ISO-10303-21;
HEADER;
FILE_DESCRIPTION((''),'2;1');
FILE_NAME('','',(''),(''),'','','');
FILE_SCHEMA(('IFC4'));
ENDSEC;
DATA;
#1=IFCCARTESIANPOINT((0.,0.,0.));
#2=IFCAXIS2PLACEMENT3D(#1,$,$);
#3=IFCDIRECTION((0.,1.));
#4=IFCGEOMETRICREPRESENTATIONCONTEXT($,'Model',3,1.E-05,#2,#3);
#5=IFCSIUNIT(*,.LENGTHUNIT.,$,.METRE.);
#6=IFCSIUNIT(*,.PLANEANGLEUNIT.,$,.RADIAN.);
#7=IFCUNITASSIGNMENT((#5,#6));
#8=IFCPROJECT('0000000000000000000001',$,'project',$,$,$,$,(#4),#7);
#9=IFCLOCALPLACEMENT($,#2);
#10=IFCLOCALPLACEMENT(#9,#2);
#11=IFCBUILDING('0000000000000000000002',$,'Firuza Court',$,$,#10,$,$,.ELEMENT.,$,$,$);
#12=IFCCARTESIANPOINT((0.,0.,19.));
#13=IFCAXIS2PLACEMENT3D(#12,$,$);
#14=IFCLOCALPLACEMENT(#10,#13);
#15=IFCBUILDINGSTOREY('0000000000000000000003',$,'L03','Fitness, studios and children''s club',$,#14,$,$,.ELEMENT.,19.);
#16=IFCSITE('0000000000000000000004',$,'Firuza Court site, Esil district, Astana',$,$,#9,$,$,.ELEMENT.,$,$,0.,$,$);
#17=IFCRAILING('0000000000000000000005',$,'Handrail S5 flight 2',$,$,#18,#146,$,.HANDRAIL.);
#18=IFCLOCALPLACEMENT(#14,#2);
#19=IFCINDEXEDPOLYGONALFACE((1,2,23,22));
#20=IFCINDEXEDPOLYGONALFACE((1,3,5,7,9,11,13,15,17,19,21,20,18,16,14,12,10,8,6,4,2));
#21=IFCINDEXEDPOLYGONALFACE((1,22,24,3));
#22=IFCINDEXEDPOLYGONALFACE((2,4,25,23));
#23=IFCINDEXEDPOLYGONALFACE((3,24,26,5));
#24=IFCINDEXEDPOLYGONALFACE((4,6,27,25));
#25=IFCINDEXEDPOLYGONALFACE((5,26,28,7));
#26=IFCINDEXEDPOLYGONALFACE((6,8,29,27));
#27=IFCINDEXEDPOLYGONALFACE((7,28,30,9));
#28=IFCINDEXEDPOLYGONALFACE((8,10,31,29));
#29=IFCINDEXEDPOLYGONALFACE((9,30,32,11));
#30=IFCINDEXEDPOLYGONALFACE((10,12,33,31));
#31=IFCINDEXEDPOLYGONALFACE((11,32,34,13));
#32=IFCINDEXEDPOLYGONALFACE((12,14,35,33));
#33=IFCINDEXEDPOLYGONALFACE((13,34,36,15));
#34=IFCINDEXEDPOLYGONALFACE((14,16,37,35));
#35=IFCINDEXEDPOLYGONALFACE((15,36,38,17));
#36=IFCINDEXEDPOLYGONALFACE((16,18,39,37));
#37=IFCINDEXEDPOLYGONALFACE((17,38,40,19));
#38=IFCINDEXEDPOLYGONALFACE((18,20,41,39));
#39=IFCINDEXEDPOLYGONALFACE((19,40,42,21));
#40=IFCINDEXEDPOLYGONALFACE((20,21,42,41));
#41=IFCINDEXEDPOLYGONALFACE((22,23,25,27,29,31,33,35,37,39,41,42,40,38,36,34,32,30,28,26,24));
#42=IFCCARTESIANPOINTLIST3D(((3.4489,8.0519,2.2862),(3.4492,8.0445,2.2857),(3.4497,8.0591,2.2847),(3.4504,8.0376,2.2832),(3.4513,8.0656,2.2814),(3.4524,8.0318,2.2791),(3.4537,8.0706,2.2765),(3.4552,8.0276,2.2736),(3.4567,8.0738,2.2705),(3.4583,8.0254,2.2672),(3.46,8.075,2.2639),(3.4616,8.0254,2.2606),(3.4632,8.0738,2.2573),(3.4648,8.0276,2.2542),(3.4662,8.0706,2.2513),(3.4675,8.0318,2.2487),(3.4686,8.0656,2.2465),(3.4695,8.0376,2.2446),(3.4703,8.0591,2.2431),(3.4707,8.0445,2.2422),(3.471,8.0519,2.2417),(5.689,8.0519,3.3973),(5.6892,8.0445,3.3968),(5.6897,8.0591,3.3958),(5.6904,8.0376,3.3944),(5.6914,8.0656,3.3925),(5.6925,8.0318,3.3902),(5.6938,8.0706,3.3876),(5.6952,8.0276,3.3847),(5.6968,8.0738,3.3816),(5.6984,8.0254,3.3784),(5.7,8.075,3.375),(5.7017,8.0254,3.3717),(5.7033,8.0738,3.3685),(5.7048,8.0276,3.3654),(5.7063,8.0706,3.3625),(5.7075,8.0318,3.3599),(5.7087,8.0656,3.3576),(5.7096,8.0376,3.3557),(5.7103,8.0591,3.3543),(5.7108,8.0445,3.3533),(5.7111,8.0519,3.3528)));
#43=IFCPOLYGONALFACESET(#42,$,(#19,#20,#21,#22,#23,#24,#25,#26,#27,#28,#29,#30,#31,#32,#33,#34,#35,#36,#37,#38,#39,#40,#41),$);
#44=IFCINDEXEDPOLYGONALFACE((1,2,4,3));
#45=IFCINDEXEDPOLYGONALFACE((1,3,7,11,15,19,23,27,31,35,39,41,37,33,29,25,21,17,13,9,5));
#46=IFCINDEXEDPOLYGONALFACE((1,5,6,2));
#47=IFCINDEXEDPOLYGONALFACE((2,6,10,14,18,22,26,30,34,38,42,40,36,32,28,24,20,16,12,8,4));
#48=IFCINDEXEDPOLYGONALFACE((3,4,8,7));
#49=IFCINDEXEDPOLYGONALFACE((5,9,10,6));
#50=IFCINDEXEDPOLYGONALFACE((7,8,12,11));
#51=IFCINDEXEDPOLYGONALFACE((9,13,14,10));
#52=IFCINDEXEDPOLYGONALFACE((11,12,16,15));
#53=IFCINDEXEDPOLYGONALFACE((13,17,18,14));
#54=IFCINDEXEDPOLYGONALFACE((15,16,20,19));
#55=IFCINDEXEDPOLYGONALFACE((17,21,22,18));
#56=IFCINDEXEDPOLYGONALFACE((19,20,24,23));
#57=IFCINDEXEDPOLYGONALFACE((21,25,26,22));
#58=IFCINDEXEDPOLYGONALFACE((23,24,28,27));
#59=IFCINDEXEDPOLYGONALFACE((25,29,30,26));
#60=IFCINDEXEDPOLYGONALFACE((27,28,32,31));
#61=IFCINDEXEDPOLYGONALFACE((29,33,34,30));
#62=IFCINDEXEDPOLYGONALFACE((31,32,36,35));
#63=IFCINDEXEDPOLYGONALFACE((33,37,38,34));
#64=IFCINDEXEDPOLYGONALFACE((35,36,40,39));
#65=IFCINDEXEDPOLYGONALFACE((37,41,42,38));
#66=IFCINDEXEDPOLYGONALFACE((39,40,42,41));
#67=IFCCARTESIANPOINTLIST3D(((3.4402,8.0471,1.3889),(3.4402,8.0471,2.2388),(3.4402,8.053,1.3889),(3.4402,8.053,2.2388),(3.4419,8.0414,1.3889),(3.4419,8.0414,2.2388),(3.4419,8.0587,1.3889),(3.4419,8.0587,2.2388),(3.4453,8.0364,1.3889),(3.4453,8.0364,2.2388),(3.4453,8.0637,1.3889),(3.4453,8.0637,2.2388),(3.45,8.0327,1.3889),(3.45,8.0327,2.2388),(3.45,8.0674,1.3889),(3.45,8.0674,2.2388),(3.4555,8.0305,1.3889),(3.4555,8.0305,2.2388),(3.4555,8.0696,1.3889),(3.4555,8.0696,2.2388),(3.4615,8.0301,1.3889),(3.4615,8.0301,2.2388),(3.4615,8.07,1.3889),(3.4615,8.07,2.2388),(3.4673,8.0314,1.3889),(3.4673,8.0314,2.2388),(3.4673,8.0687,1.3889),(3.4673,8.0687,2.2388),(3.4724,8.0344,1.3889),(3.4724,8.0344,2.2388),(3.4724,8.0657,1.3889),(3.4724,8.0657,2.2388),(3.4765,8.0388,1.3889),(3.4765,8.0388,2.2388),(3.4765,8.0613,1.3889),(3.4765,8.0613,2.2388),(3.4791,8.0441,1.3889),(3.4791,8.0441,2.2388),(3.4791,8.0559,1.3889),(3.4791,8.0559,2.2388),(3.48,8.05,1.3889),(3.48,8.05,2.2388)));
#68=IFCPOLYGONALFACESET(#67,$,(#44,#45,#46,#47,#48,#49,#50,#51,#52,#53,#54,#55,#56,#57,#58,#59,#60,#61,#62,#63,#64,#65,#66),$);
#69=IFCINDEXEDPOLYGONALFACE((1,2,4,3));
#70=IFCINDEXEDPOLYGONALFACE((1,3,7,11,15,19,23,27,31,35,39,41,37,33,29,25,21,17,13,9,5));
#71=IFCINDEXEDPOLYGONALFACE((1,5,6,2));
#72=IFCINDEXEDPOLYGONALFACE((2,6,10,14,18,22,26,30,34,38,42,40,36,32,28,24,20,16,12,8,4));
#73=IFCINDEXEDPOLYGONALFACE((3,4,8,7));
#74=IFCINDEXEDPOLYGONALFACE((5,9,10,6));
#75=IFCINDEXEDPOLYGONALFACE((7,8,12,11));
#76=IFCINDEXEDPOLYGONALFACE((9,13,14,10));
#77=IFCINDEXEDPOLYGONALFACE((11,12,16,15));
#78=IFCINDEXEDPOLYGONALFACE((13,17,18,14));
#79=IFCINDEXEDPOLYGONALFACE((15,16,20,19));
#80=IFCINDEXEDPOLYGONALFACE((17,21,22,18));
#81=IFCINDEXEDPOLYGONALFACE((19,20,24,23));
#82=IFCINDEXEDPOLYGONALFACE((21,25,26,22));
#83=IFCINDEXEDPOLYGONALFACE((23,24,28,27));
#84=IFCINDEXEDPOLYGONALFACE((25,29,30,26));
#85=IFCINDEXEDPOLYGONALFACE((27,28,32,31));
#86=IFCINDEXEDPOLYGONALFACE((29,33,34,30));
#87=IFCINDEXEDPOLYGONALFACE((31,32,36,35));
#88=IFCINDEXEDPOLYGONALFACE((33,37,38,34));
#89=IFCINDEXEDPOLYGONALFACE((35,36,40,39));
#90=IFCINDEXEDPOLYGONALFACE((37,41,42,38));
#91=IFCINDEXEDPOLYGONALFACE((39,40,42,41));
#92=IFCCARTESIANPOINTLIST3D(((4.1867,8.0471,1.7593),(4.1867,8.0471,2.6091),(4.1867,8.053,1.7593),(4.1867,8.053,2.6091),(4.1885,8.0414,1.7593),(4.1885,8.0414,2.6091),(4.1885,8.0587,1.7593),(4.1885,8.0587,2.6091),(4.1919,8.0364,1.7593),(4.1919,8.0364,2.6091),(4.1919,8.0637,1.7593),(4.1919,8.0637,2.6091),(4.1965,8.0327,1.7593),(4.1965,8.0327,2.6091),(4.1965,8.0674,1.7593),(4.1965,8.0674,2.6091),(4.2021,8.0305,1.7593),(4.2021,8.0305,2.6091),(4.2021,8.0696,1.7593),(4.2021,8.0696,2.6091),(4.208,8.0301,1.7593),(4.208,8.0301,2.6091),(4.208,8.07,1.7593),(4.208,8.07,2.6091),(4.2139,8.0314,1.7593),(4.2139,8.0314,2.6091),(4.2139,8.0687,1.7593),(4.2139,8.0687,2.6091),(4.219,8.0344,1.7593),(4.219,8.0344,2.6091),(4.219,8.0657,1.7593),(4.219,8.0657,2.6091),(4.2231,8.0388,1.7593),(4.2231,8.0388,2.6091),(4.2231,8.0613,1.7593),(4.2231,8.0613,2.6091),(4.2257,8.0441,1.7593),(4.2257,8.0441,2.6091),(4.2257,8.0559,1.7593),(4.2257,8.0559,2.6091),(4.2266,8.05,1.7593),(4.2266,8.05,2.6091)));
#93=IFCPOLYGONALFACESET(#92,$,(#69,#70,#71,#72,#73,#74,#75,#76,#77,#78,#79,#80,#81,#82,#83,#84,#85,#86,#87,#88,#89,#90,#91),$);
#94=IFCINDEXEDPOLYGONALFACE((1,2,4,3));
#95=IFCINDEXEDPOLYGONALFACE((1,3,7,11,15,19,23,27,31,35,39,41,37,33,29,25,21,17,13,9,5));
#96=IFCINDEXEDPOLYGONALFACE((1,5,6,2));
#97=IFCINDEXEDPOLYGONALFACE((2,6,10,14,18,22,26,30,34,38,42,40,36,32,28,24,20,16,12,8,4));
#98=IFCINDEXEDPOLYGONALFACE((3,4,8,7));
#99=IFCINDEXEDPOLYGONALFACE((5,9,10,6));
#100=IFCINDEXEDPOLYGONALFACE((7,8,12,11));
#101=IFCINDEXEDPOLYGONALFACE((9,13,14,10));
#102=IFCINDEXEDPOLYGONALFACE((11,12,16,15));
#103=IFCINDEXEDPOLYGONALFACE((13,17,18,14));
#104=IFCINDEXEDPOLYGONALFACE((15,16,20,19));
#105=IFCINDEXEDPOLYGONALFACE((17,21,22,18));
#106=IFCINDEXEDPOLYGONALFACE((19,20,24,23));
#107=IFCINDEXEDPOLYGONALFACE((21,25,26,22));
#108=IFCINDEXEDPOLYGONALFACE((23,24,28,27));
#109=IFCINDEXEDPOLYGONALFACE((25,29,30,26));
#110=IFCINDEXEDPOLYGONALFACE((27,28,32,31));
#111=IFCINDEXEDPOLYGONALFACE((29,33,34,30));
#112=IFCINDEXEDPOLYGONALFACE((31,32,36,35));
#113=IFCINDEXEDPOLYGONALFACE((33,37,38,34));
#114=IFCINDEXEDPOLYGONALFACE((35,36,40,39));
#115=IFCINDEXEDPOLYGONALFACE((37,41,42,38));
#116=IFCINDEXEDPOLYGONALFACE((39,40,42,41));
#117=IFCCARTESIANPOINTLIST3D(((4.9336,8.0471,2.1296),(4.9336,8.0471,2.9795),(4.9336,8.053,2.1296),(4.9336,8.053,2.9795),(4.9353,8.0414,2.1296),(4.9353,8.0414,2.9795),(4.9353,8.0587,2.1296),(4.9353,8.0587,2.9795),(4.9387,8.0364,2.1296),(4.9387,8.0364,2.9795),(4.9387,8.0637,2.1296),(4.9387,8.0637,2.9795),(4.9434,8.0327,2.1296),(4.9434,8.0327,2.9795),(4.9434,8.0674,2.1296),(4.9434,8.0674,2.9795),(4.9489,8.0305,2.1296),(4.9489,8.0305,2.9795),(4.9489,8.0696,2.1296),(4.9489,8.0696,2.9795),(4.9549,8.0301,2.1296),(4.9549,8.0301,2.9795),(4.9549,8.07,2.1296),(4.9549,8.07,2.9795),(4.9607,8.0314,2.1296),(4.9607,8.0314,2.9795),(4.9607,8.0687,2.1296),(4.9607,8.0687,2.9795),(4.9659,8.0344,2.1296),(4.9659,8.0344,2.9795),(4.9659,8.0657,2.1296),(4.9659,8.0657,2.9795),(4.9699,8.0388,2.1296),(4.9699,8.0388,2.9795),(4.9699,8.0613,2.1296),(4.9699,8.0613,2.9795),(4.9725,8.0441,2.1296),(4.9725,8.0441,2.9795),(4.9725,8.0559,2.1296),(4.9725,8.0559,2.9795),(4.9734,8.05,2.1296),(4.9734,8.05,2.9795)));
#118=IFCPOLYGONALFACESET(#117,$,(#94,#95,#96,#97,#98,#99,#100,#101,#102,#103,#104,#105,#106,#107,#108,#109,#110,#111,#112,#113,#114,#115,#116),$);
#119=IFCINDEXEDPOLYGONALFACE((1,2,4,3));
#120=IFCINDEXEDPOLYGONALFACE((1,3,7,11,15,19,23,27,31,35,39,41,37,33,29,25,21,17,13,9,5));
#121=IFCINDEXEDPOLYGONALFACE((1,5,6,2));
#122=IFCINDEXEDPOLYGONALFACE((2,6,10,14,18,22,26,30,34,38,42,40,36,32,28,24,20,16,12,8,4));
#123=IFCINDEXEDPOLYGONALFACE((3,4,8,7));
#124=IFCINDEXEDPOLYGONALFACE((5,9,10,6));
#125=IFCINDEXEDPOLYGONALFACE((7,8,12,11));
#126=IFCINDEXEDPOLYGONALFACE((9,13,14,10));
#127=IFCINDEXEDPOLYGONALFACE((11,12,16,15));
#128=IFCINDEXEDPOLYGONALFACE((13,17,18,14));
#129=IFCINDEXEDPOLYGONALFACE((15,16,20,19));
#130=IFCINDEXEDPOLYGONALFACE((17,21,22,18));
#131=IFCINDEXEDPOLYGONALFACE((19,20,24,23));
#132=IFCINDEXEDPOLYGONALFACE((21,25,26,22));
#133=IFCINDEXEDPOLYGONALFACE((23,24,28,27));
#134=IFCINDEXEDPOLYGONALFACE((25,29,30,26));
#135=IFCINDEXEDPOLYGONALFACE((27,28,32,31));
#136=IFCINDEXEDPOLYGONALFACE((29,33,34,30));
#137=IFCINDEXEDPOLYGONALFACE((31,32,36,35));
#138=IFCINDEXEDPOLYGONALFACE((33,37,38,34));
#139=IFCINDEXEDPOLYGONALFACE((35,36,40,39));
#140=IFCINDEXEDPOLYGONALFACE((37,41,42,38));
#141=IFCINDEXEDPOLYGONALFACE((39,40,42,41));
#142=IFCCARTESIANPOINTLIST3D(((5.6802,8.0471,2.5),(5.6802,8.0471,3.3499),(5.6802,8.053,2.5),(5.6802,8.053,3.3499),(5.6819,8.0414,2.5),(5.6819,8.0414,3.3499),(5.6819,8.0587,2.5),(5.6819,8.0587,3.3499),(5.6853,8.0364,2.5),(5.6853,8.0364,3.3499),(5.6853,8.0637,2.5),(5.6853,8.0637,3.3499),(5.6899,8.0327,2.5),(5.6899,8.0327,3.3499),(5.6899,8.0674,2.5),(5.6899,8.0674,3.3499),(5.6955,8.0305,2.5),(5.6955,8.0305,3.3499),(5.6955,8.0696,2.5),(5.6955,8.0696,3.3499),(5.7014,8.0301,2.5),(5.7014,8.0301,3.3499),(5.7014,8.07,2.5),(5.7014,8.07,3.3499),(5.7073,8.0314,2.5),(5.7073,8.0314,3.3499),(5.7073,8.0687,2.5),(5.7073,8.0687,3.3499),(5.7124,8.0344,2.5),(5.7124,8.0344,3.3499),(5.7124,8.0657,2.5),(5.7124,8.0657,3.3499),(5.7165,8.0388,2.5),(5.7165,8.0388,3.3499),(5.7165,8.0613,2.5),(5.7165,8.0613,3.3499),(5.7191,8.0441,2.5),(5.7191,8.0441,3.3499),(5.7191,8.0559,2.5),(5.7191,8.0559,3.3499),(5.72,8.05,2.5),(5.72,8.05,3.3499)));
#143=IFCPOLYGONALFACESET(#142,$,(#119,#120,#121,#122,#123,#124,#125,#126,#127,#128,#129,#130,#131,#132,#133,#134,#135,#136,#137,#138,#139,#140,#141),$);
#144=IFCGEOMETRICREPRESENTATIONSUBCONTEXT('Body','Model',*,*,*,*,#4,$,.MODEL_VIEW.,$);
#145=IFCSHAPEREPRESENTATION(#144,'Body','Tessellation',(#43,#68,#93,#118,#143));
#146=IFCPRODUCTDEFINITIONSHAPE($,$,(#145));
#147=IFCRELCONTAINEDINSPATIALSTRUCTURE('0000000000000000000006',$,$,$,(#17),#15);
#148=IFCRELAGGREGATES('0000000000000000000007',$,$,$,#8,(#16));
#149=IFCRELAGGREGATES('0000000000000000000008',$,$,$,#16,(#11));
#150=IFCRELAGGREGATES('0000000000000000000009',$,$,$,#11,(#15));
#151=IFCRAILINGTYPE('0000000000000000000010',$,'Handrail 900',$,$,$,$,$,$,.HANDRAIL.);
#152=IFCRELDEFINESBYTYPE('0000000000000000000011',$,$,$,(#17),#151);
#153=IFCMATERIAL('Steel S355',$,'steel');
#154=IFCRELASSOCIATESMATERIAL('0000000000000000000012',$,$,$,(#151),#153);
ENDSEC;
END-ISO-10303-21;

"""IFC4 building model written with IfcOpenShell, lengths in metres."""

from ifc_helpers import new_model, si_unit, direction, frame, origin, origin_2d, place, context, subcontext, project, spatial, circle, extrude, material, type_object, element, save


model = new_model("IFC4")

# Units and contexts
model_context = context("Model", 3, precision=1e-05, world=origin(), true_north=direction((0.0, 1.0)))
body_context = subcontext(model_context, "Body", "Model", "MODEL_VIEW")
ifc_project = project(units=[si_unit("LENGTHUNIT", "METRE"), si_unit("PLANEANGLEUNIT", "RADIAN")], contexts=[model_context])

# Site, building, storey
site_placement = place(None, origin())
site = spatial("IfcSite", under=ifc_project, at=site_placement, Name="Firuza Court site, Esil district, Astana", CompositionType="ELEMENT", RefElevation=0.0)
building_placement = place(site_placement, origin())
building = spatial("IfcBuilding", under=site, at=building_placement, Name="Firuza Court", CompositionType="ELEMENT")
storey_placement = place(building_placement, frame((0.0, 0.0, 19.0)))
storey = spatial("IfcBuildingStorey", under=building, at=storey_placement, Name="L03", Description="Fitness, studios and children's club", CompositionType="ELEMENT", Elevation=19.0)

# Railing
ifc_material_1 = material(Name="Steel S355", Category="steel")
railing_type = type_object("IfcRailingType", Name="Handrail 900", PredefinedType="HANDRAIL", material=ifc_material_1)
for number, where, name in (
    (1, (3.46, 8.05, 1.3889), "Handrail S5 flight 2"),
):
    element("IfcRailing", number, at=place(storey_placement, frame(where)), inside=storey, type_object=railing_type, Name=name, PredefinedType="HANDRAIL", context=body_context, shape_type="SweptSolid", body=[
        extrude(circle(Radius=0.0249, at=origin_2d()), frame((0.0, 0.0, 0.875), z_axis=(0.895848, 0.0, 0.44436), x_axis=(0.0, 1.0, 0.0)), (0.0, 0.0, 1.0), 2.5005),
        extrude(circle(Radius=0.02, at=origin_2d()), origin(), (0.0, 0.0, 1.0), 0.8499),
        extrude(circle(Radius=0.02, at=origin_2d()), frame((0.7466, 0.0, 0.3704)), (0.0, 0.0, 1.0), 0.8499),
        extrude(circle(Radius=0.02, at=origin_2d()), frame((1.4934, 0.0, 0.7407)), (0.0, 0.0, 1.0), 0.8499),
        extrude(circle(Radius=0.02, at=origin_2d()), frame((2.24, 0.0, 1.1111)), (0.0, 0.0, 1.0), 0.8499),
    ])

save(model, "model.ifc")
